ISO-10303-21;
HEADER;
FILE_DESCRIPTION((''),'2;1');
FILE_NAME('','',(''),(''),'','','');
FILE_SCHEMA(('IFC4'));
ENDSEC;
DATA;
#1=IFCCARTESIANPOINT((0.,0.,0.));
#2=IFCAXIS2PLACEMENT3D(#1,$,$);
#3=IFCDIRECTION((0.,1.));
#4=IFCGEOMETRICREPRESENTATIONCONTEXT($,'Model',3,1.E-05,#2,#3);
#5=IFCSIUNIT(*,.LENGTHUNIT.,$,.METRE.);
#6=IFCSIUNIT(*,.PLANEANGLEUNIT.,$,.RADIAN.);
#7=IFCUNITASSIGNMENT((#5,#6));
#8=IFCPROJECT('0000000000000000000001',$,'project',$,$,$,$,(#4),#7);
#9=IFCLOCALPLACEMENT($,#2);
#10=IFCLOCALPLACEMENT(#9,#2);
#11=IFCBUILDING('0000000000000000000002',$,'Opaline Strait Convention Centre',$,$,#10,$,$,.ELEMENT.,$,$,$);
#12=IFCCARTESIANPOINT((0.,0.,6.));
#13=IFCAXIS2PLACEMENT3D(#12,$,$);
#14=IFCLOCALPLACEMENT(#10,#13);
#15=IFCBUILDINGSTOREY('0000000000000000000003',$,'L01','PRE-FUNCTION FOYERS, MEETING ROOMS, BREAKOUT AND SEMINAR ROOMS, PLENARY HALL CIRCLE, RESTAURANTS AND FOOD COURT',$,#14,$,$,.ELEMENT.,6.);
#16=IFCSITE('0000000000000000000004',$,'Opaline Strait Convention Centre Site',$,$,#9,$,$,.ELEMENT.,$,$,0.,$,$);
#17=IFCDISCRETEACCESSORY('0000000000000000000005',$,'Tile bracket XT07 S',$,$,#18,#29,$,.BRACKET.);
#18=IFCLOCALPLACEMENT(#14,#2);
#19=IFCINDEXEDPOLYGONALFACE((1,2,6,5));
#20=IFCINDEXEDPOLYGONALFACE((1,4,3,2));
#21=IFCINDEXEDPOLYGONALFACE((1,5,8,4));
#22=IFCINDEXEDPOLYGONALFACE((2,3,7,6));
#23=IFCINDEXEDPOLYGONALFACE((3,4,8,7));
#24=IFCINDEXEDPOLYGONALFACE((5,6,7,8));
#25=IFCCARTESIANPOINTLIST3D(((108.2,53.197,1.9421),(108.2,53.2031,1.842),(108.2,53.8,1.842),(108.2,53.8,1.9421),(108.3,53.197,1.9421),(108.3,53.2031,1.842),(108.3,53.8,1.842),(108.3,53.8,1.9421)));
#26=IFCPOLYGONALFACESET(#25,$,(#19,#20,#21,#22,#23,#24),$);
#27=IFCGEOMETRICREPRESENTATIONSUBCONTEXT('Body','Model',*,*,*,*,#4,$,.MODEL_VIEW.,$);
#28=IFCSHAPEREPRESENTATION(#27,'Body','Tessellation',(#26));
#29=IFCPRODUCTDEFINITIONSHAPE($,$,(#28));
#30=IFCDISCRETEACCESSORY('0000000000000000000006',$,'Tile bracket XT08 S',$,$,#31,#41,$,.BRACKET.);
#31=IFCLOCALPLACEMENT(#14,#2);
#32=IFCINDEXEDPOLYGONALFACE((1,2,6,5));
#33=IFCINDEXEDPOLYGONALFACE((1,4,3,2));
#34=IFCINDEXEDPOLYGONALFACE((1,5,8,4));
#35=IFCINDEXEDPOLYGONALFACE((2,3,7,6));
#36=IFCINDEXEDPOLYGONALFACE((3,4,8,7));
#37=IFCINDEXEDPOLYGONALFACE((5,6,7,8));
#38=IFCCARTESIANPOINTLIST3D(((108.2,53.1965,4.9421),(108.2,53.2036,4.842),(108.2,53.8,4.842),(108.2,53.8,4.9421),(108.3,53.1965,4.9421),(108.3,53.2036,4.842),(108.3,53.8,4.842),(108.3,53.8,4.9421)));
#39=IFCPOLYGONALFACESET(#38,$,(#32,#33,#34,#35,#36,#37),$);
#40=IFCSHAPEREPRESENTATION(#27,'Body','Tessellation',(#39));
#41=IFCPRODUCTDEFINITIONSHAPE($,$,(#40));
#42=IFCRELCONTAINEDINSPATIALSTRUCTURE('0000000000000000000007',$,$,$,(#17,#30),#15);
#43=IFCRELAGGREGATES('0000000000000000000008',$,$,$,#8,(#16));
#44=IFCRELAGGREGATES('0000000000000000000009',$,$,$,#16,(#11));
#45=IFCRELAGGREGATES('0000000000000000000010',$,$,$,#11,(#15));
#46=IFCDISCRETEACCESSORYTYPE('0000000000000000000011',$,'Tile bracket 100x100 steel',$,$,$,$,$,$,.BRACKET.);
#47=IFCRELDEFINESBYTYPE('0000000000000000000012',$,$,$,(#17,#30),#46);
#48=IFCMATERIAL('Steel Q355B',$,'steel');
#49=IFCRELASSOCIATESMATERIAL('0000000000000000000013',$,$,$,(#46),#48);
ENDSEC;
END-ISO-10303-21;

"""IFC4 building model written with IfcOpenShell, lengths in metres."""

from ifc_helpers import new_model, si_unit, direction, frame, origin, place, context, subcontext, project, spatial, polyline, outline, extrude, material, type_object, element, save


model = new_model("IFC4")

# Units and contexts
model_context = context("Model", 3, precision=1e-05, world=origin(), true_north=direction((0.0, 1.0)))
body_context = subcontext(model_context, "Body", "Model", "MODEL_VIEW")
ifc_project = project(units=[si_unit("LENGTHUNIT", "METRE"), si_unit("PLANEANGLEUNIT", "RADIAN")], contexts=[model_context])

# Site, building, storey
site_placement = place(None, origin())
site = spatial("IfcSite", under=ifc_project, at=site_placement, Name="Opaline Strait Convention Centre Site", CompositionType="ELEMENT", RefElevation=0.0)
building_placement = place(site_placement, origin())
building = spatial("IfcBuilding", under=site, at=building_placement, Name="Opaline Strait Convention Centre", CompositionType="ELEMENT")
storey_placement = place(building_placement, frame((0.0, 0.0, 6.0)))
storey = spatial("IfcBuildingStorey", under=building, at=storey_placement, Name="L01", Description="PRE-FUNCTION FOYERS, MEETING ROOMS, BREAKOUT AND SEMINAR ROOMS, PLENARY HALL CIRCLE, RESTAURANTS AND FOOD COURT", CompositionType="ELEMENT", Elevation=6.0)

# Shared definitions
ifc_material_1 = material(Name="Steel Q355B", Category="steel")

# Discrete accessories
discrete_accessory_type = type_object("IfcDiscreteAccessoryType", Name="Tile bracket 100x100 steel", PredefinedType="BRACKET", material=ifc_material_1)
discrete_accessory_1_placement = place(storey_placement, frame((108.2, 53.8, 1.8921), z_axis=(1.0, 0.0, 0.0), x_axis=(0.0, 1.0, 0.0)))
element("IfcDiscreteAccessory", 1, at=discrete_accessory_1_placement, inside=storey, type_object=discrete_accessory_type, Name="Tile bracket XT07 S", PredefinedType="BRACKET", context=body_context, shape_type="SweptSolid", body=[
    extrude(outline(polyline([(0.0, -0.05), (0.0, 0.05), (-0.603, 0.05), (-0.5969, -0.05), (0.0, -0.05)])), origin(), (0.0, 0.0, 1.0), 0.1001),
])
discrete_accessory_2_placement = place(storey_placement, frame((108.2, 53.8, 4.8921), z_axis=(1.0, 0.0, 0.0), x_axis=(0.0, 1.0, 0.0)))
element("IfcDiscreteAccessory", 2, at=discrete_accessory_2_placement, inside=storey, type_object=discrete_accessory_type, Name="Tile bracket XT08 S", PredefinedType="BRACKET", context=body_context, shape_type="SweptSolid", body=[
    extrude(outline(polyline([(0.0, -0.05), (0.0, 0.05), (-0.6035, 0.05), (-0.5964, -0.05), (0.0, -0.05)])), origin(), (0.0, 0.0, 1.0), 0.1001),
])

save(model, "model.ifc")
